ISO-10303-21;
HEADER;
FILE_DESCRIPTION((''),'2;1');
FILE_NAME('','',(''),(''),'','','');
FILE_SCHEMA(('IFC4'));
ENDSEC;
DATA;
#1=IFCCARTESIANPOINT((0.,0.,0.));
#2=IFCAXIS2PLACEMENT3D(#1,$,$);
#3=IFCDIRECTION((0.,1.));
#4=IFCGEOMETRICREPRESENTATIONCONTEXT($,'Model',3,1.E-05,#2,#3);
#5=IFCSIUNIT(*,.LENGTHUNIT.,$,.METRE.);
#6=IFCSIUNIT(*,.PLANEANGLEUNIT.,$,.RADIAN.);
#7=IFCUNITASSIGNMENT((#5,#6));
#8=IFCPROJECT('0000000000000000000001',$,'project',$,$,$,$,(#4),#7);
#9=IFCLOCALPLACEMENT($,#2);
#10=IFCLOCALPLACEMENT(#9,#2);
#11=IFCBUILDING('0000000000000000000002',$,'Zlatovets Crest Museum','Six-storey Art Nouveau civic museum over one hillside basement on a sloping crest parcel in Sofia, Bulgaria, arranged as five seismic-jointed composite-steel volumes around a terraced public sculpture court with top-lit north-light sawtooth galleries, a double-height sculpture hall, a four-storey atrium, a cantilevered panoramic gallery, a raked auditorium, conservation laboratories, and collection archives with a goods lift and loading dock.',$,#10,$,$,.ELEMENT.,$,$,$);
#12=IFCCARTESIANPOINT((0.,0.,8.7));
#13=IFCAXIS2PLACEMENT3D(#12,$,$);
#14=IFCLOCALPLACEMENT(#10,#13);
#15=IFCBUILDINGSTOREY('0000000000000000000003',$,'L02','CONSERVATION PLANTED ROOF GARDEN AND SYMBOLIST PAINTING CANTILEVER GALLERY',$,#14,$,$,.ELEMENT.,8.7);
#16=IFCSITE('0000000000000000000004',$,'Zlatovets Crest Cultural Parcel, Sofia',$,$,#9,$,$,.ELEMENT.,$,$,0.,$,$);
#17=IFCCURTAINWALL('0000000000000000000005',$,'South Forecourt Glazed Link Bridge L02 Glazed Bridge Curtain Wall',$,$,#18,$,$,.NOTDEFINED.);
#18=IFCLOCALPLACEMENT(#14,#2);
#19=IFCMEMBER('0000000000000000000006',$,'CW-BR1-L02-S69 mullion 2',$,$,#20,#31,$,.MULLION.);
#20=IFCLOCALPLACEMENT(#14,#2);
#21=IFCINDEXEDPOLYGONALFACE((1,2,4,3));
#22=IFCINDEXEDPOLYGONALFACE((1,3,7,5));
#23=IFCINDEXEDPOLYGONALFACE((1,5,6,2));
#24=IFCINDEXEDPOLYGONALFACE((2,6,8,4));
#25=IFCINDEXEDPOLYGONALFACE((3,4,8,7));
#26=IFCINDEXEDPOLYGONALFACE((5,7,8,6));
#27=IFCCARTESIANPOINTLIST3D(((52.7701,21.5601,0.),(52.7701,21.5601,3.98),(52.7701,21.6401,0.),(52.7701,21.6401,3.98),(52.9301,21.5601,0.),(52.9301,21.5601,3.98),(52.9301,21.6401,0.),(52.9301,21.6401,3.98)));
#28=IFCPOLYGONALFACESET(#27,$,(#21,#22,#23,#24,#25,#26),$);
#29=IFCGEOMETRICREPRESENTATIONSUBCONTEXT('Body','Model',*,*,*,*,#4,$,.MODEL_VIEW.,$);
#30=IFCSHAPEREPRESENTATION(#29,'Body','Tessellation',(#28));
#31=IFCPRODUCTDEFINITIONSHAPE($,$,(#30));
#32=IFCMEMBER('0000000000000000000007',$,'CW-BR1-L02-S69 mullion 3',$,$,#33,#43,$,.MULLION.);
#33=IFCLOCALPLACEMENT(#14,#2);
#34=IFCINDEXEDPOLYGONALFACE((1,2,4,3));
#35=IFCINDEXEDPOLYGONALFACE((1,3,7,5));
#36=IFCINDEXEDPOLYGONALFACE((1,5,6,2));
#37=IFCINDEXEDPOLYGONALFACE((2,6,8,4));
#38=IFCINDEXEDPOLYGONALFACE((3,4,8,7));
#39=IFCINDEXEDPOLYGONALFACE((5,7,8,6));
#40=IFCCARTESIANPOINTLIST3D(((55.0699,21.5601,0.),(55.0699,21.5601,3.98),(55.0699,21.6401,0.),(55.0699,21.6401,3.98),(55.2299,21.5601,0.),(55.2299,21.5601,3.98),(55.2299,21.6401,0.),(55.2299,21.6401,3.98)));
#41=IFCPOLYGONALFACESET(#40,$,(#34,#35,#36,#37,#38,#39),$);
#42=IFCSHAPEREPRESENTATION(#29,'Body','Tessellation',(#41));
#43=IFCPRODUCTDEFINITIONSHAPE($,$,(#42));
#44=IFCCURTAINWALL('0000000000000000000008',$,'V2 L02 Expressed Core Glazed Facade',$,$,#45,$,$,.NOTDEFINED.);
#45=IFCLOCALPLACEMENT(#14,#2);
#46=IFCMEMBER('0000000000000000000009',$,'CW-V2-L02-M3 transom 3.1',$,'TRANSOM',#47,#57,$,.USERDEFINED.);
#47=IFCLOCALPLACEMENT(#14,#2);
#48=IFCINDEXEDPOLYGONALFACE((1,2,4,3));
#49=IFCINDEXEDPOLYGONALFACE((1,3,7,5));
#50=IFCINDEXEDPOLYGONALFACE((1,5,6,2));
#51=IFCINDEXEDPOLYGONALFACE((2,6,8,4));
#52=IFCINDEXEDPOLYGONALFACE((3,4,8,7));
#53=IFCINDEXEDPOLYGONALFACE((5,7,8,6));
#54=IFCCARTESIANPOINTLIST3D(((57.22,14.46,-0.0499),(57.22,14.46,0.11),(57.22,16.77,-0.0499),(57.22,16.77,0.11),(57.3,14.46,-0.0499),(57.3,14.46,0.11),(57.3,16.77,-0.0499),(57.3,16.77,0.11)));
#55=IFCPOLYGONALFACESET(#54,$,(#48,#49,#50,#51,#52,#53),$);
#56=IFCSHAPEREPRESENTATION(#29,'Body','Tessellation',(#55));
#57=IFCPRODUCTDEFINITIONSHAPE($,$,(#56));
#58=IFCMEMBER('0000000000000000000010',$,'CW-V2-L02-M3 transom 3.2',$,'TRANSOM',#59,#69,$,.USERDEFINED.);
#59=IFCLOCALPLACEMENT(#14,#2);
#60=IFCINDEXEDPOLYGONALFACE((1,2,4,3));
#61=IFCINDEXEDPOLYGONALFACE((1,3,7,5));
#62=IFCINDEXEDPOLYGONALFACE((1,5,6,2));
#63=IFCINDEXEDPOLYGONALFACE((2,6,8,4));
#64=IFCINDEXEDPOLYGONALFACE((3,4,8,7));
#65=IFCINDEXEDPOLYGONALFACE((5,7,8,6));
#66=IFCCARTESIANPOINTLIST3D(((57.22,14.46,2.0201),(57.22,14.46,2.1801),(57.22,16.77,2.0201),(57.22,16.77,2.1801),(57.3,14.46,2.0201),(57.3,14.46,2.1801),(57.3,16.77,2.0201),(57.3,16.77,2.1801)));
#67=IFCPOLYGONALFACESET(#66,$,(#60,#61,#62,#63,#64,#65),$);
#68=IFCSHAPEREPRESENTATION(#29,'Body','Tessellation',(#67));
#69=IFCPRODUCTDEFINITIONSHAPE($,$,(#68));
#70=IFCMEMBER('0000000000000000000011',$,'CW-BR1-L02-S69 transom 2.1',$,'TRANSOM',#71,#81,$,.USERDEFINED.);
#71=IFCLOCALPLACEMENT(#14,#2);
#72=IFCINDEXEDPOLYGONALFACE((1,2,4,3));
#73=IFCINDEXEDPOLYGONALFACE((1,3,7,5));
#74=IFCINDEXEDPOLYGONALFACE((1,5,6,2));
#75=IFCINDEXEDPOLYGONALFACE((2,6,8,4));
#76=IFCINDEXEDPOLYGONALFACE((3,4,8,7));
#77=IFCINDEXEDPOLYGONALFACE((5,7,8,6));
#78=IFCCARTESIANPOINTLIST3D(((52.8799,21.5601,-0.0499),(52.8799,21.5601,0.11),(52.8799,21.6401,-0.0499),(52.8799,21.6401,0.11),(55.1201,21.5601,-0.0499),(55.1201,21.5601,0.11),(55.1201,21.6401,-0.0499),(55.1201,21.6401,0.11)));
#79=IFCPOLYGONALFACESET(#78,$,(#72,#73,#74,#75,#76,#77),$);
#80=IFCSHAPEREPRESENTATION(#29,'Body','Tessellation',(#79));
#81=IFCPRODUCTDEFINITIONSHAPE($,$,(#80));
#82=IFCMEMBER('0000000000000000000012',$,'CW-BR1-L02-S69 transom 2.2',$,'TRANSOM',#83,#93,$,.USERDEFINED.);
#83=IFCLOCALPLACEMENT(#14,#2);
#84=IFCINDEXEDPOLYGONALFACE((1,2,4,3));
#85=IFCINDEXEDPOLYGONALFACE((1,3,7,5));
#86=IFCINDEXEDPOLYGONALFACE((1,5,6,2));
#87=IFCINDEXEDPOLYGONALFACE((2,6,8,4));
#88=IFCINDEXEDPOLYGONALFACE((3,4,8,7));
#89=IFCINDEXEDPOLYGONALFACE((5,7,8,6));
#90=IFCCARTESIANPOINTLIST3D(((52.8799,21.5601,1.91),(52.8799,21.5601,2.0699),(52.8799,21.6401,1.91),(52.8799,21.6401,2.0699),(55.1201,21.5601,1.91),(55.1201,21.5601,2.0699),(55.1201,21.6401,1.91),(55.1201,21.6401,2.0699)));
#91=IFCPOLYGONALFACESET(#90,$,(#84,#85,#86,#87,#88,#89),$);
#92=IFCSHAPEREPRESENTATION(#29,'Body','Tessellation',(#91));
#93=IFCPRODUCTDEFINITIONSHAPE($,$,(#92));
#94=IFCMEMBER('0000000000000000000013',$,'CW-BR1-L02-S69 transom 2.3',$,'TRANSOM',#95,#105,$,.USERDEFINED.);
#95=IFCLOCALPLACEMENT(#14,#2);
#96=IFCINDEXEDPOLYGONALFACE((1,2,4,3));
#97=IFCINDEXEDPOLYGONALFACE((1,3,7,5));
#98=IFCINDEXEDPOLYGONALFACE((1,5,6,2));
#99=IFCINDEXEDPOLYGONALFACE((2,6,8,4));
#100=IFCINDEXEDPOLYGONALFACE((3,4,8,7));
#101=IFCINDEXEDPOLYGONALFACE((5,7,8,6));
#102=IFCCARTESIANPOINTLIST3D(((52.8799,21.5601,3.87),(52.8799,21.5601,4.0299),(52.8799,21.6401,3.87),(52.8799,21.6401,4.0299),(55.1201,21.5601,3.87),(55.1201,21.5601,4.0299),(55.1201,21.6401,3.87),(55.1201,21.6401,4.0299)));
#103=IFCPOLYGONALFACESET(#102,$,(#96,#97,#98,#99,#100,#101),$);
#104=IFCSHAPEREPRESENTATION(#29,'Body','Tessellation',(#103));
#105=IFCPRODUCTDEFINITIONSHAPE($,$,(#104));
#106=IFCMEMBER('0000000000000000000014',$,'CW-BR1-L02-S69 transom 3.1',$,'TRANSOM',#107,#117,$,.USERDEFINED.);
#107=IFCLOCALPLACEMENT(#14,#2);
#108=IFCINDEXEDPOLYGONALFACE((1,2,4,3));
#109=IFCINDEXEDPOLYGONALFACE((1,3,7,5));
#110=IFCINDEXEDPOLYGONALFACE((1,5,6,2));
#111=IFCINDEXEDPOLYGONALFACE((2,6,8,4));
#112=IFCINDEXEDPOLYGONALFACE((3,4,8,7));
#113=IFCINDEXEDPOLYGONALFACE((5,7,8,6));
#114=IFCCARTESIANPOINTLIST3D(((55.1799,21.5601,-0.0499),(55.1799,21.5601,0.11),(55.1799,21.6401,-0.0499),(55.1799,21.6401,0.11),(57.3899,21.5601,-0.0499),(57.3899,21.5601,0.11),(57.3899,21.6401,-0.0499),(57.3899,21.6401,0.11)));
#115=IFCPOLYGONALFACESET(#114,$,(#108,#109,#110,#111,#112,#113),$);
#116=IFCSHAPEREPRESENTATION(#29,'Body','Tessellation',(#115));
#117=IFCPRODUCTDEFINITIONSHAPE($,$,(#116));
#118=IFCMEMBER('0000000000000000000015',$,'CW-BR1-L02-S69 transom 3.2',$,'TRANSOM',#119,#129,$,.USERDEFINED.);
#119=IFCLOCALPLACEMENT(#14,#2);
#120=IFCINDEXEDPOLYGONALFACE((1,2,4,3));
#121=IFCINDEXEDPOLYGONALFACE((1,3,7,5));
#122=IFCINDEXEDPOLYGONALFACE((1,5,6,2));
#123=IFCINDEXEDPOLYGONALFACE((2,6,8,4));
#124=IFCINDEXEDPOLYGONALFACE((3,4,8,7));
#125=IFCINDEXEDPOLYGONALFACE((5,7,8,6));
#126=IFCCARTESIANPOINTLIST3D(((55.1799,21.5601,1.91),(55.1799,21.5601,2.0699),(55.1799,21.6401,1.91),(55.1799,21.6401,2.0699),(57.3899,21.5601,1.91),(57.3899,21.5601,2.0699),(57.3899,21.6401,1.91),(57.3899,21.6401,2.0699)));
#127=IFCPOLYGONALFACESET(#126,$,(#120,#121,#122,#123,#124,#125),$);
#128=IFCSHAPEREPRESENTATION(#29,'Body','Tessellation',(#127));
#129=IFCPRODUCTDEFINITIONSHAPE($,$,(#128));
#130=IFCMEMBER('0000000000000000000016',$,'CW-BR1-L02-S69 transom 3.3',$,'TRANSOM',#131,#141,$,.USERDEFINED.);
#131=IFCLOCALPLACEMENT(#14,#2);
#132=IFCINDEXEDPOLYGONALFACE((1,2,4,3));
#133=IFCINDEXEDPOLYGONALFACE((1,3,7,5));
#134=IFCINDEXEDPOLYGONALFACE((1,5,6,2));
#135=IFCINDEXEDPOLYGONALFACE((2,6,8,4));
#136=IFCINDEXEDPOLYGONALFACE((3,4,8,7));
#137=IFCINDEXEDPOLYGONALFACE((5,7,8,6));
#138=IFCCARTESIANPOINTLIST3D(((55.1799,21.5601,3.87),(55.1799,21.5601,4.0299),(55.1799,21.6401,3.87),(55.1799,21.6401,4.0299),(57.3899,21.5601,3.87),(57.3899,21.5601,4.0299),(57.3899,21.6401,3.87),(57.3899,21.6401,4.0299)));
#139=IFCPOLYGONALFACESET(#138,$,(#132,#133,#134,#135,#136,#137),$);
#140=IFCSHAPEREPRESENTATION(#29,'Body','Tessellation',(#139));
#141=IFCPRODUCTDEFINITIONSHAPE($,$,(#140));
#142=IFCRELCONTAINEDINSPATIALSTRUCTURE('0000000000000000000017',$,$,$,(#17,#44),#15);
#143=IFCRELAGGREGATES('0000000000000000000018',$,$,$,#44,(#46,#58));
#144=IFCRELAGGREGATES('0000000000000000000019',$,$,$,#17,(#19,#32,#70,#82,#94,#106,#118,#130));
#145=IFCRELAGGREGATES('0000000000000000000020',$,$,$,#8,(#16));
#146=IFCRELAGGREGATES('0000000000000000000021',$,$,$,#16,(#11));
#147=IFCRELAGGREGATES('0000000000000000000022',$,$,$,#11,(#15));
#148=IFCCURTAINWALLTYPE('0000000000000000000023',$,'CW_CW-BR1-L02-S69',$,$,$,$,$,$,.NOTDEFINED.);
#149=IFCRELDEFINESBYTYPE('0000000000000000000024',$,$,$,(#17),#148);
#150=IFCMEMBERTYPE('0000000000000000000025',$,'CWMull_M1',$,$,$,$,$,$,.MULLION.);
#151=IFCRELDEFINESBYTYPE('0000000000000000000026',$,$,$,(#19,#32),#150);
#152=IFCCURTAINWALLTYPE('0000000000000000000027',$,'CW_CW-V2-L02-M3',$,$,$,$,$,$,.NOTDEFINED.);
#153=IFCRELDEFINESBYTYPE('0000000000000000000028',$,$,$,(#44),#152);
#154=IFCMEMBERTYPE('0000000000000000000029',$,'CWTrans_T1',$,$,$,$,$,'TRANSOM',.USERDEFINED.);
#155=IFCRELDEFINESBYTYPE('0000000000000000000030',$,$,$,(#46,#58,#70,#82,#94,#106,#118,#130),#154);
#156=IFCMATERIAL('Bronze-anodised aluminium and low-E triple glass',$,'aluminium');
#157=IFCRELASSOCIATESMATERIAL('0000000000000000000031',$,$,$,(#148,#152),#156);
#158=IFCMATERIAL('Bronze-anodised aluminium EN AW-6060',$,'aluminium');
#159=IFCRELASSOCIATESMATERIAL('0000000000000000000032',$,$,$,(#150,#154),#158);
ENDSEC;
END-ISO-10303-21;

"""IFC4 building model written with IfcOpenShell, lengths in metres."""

from ifc_helpers import new_model, si_unit, direction, frame, origin, origin_2d, place, context, subcontext, project, spatial, rectangle, extrude, material, material_profile, profile_set, type_object, element, aggregate, save


model = new_model("IFC4")

# Units and contexts
model_context = context("Model", 3, precision=1e-05, world=origin(), true_north=direction((0.0, 1.0)))
body_context = subcontext(model_context, "Body", "Model", "MODEL_VIEW")
ifc_project = project(units=[si_unit("LENGTHUNIT", "METRE"), si_unit("PLANEANGLEUNIT", "RADIAN")], contexts=[model_context])

# Site, building, storey
site_placement = place(None, origin())
site = spatial("IfcSite", under=ifc_project, at=site_placement, Name="Zlatovets Crest Cultural Parcel, Sofia", CompositionType="ELEMENT", RefElevation=0.0)
building_placement = place(site_placement, origin())
building = spatial("IfcBuilding", under=site, at=building_placement, Name="Zlatovets Crest Museum", Description="Six-storey Art Nouveau civic museum over one hillside basement on a sloping crest parcel in Sofia, Bulgaria, arranged as five seismic-jointed composite-steel volumes around a terraced public sculpture court with top-lit north-light sawtooth galleries, a double-height sculpture hall, a four-storey atrium, a cantilevered panoramic gallery, a raked auditorium, conservation laboratories, and collection archives with a goods lift and loading dock.", CompositionType="ELEMENT")
storey_placement = place(building_placement, frame((0.0, 0.0, 8.7)))
storey = spatial("IfcBuildingStorey", under=building, at=storey_placement, Name="L02", Description="CONSERVATION PLANTED ROOF GARDEN AND SYMBOLIST PAINTING CANTILEVER GALLERY", CompositionType="ELEMENT", Elevation=8.7)

# Curtain walls, members
ifc_material_1 = material(Name="Bronze-anodised aluminium and low-E triple glass", Category="aluminium")
curtain_wall_type_1 = type_object("IfcCurtainWallType", Name="CW_CW-BR1-L02-S69", PredefinedType="NOTDEFINED", material=ifc_material_1)
curtain_wall_1_placement = place(storey_placement, origin())
curtain_wall_1 = element("IfcCurtainWall", 1, at=curtain_wall_1_placement, inside=storey, type_object=curtain_wall_type_1, Name="South Forecourt Glazed Link Bridge L02 Glazed Bridge Curtain Wall", PredefinedType="NOTDEFINED")
ifc_material_2 = material(Name="Bronze-anodised aluminium EN AW-6060", Category="aluminium")
ifc_material_profile_1 = material_profile(ifc_material_2, rectangle(XDim=0.0801, YDim=0.1599, at=origin_2d()), Name="ALU 80x160")
ifc_profile_set_1 = profile_set([ifc_material_profile_1], Name="Bronze-anodised aluminium EN AW-6060")
member_type_1 = type_object("IfcMemberType", Name="CWMull_M1", PredefinedType="MULLION", material=ifc_profile_set_1)
member_1_placement = place(storey_placement, frame((52.8501, 21.6001, 0.0), z_axis=(0.0, 0.0, 1.0), x_axis=(0.0, 1.0, 0.0)))
member_1 = element("IfcMember", 2, at=member_1_placement, type_object=member_type_1, Name="CW-BR1-L02-S69 mullion 2", PredefinedType="MULLION", context=body_context, shape_type="SweptSolid", body=[
    extrude(rectangle(XDim=0.0801, YDim=0.1599, at=origin_2d()), origin(), (0.0, 0.0, 1.0), 3.98),
])
member_2_placement = place(storey_placement, frame((55.1499, 21.6001, 0.0), z_axis=(0.0, 0.0, 1.0), x_axis=(0.0, 1.0, 0.0)))
member_2 = element("IfcMember", 3, at=member_2_placement, type_object=member_type_1, Name="CW-BR1-L02-S69 mullion 3", PredefinedType="MULLION", context=body_context, shape_type="SweptSolid", body=[
    extrude(rectangle(XDim=0.0801, YDim=0.1599, at=origin_2d()), origin(), (0.0, 0.0, 1.0), 3.98),
])
curtain_wall_type_2 = type_object("IfcCurtainWallType", Name="CW_CW-V2-L02-M3", PredefinedType="NOTDEFINED", material=ifc_material_1)
curtain_wall_2_placement = place(storey_placement, origin())
curtain_wall_2 = element("IfcCurtainWall", 4, at=curtain_wall_2_placement, inside=storey, type_object=curtain_wall_type_2, Name="V2 L02 Expressed Core Glazed Facade", PredefinedType="NOTDEFINED")
ifc_material_profile_2 = material_profile(ifc_material_2, rectangle(XDim=0.0801, YDim=0.1599, at=origin_2d()), Name="ALU 80x160")
ifc_profile_set_2 = profile_set([ifc_material_profile_2], Name="Bronze-anodised aluminium EN AW-6060")
member_type_2 = type_object("IfcMemberType", Name="CWTrans_T1", ElementType="TRANSOM", PredefinedType="USERDEFINED", material=ifc_profile_set_2)
member_3_placement = place(storey_placement, frame((57.26, 16.77, 0.03), z_axis=(0.0, -1.0, 0.0), x_axis=(1.0, 0.0, 0.0)))
member_3 = element("IfcMember", 5, at=member_3_placement, type_object=member_type_2, Name="CW-V2-L02-M3 transom 3.1", ObjectType="TRANSOM", PredefinedType="USERDEFINED", context=body_context, shape_type="SweptSolid", body=[
    extrude(rectangle(XDim=0.0801, YDim=0.1599, at=origin_2d()), origin(), (0.0, 0.0, 1.0), 2.3101),
])
member_4_placement = place(storey_placement, frame((57.26, 16.77, 2.1001), z_axis=(0.0, -1.0, 0.0), x_axis=(1.0, 0.0, 0.0)))
member_4 = element("IfcMember", 6, at=member_4_placement, type_object=member_type_2, Name="CW-V2-L02-M3 transom 3.2", ObjectType="TRANSOM", PredefinedType="USERDEFINED", context=body_context, shape_type="SweptSolid", body=[
    extrude(rectangle(XDim=0.0801, YDim=0.1599, at=origin_2d()), origin(), (0.0, 0.0, 1.0), 2.3101),
])
aggregate(curtain_wall_2, [member_3, member_4])

# Members
member_5_placement = place(storey_placement, frame((52.8799, 21.6001, 0.03), z_axis=(1.0, 0.0, 0.0), x_axis=(0.0, 1.0, 0.0)))
member_5 = element("IfcMember", 7, at=member_5_placement, type_object=member_type_2, Name="CW-BR1-L02-S69 transom 2.1", ObjectType="TRANSOM", PredefinedType="USERDEFINED", context=body_context, shape_type="SweptSolid", body=[
    extrude(rectangle(XDim=0.0801, YDim=0.1599, at=origin_2d()), origin(), (0.0, 0.0, 1.0), 2.2402),
])
member_6_placement = place(storey_placement, frame((52.8799, 21.6001, 1.99), z_axis=(1.0, 0.0, 0.0), x_axis=(0.0, 1.0, 0.0)))
member_6 = element("IfcMember", 8, at=member_6_placement, type_object=member_type_2, Name="CW-BR1-L02-S69 transom 2.2", ObjectType="TRANSOM", PredefinedType="USERDEFINED", context=body_context, shape_type="SweptSolid", body=[
    extrude(rectangle(XDim=0.0801, YDim=0.1599, at=origin_2d()), origin(), (0.0, 0.0, 1.0), 2.2402),
])
member_7_placement = place(storey_placement, frame((52.8799, 21.6001, 3.95), z_axis=(1.0, 0.0, 0.0), x_axis=(0.0, 1.0, 0.0)))
member_7 = element("IfcMember", 9, at=member_7_placement, type_object=member_type_2, Name="CW-BR1-L02-S69 transom 2.3", ObjectType="TRANSOM", PredefinedType="USERDEFINED", context=body_context, shape_type="SweptSolid", body=[
    extrude(rectangle(XDim=0.0801, YDim=0.1599, at=origin_2d()), origin(), (0.0, 0.0, 1.0), 2.2402),
])
member_8_placement = place(storey_placement, frame((55.1799, 21.6001, 0.03), z_axis=(1.0, 0.0, 0.0), x_axis=(0.0, 1.0, 0.0)))
member_8 = element("IfcMember", 10, at=member_8_placement, type_object=member_type_2, Name="CW-BR1-L02-S69 transom 3.1", ObjectType="TRANSOM", PredefinedType="USERDEFINED", context=body_context, shape_type="SweptSolid", body=[
    extrude(rectangle(XDim=0.0801, YDim=0.1599, at=origin_2d()), origin(), (0.0, 0.0, 1.0), 2.21),
])
member_9_placement = place(storey_placement, frame((55.1799, 21.6001, 1.99), z_axis=(1.0, 0.0, 0.0), x_axis=(0.0, 1.0, 0.0)))
member_9 = element("IfcMember", 11, at=member_9_placement, type_object=member_type_2, Name="CW-BR1-L02-S69 transom 3.2", ObjectType="TRANSOM", PredefinedType="USERDEFINED", context=body_context, shape_type="SweptSolid", body=[
    extrude(rectangle(XDim=0.0801, YDim=0.1599, at=origin_2d()), origin(), (0.0, 0.0, 1.0), 2.21),
])
member_10_placement = place(storey_placement, frame((55.1799, 21.6001, 3.95), z_axis=(1.0, 0.0, 0.0), x_axis=(0.0, 1.0, 0.0)))
member_10 = element("IfcMember", 12, at=member_10_placement, type_object=member_type_2, Name="CW-BR1-L02-S69 transom 3.3", ObjectType="TRANSOM", PredefinedType="USERDEFINED", context=body_context, shape_type="SweptSolid", body=[
    extrude(rectangle(XDim=0.0801, YDim=0.1599, at=origin_2d()), origin(), (0.0, 0.0, 1.0), 2.21),
])

aggregate(curtain_wall_1, [member_1, member_2, member_5, member_6, member_7, member_8, member_9, member_10])

save(model, "model.ifc")
